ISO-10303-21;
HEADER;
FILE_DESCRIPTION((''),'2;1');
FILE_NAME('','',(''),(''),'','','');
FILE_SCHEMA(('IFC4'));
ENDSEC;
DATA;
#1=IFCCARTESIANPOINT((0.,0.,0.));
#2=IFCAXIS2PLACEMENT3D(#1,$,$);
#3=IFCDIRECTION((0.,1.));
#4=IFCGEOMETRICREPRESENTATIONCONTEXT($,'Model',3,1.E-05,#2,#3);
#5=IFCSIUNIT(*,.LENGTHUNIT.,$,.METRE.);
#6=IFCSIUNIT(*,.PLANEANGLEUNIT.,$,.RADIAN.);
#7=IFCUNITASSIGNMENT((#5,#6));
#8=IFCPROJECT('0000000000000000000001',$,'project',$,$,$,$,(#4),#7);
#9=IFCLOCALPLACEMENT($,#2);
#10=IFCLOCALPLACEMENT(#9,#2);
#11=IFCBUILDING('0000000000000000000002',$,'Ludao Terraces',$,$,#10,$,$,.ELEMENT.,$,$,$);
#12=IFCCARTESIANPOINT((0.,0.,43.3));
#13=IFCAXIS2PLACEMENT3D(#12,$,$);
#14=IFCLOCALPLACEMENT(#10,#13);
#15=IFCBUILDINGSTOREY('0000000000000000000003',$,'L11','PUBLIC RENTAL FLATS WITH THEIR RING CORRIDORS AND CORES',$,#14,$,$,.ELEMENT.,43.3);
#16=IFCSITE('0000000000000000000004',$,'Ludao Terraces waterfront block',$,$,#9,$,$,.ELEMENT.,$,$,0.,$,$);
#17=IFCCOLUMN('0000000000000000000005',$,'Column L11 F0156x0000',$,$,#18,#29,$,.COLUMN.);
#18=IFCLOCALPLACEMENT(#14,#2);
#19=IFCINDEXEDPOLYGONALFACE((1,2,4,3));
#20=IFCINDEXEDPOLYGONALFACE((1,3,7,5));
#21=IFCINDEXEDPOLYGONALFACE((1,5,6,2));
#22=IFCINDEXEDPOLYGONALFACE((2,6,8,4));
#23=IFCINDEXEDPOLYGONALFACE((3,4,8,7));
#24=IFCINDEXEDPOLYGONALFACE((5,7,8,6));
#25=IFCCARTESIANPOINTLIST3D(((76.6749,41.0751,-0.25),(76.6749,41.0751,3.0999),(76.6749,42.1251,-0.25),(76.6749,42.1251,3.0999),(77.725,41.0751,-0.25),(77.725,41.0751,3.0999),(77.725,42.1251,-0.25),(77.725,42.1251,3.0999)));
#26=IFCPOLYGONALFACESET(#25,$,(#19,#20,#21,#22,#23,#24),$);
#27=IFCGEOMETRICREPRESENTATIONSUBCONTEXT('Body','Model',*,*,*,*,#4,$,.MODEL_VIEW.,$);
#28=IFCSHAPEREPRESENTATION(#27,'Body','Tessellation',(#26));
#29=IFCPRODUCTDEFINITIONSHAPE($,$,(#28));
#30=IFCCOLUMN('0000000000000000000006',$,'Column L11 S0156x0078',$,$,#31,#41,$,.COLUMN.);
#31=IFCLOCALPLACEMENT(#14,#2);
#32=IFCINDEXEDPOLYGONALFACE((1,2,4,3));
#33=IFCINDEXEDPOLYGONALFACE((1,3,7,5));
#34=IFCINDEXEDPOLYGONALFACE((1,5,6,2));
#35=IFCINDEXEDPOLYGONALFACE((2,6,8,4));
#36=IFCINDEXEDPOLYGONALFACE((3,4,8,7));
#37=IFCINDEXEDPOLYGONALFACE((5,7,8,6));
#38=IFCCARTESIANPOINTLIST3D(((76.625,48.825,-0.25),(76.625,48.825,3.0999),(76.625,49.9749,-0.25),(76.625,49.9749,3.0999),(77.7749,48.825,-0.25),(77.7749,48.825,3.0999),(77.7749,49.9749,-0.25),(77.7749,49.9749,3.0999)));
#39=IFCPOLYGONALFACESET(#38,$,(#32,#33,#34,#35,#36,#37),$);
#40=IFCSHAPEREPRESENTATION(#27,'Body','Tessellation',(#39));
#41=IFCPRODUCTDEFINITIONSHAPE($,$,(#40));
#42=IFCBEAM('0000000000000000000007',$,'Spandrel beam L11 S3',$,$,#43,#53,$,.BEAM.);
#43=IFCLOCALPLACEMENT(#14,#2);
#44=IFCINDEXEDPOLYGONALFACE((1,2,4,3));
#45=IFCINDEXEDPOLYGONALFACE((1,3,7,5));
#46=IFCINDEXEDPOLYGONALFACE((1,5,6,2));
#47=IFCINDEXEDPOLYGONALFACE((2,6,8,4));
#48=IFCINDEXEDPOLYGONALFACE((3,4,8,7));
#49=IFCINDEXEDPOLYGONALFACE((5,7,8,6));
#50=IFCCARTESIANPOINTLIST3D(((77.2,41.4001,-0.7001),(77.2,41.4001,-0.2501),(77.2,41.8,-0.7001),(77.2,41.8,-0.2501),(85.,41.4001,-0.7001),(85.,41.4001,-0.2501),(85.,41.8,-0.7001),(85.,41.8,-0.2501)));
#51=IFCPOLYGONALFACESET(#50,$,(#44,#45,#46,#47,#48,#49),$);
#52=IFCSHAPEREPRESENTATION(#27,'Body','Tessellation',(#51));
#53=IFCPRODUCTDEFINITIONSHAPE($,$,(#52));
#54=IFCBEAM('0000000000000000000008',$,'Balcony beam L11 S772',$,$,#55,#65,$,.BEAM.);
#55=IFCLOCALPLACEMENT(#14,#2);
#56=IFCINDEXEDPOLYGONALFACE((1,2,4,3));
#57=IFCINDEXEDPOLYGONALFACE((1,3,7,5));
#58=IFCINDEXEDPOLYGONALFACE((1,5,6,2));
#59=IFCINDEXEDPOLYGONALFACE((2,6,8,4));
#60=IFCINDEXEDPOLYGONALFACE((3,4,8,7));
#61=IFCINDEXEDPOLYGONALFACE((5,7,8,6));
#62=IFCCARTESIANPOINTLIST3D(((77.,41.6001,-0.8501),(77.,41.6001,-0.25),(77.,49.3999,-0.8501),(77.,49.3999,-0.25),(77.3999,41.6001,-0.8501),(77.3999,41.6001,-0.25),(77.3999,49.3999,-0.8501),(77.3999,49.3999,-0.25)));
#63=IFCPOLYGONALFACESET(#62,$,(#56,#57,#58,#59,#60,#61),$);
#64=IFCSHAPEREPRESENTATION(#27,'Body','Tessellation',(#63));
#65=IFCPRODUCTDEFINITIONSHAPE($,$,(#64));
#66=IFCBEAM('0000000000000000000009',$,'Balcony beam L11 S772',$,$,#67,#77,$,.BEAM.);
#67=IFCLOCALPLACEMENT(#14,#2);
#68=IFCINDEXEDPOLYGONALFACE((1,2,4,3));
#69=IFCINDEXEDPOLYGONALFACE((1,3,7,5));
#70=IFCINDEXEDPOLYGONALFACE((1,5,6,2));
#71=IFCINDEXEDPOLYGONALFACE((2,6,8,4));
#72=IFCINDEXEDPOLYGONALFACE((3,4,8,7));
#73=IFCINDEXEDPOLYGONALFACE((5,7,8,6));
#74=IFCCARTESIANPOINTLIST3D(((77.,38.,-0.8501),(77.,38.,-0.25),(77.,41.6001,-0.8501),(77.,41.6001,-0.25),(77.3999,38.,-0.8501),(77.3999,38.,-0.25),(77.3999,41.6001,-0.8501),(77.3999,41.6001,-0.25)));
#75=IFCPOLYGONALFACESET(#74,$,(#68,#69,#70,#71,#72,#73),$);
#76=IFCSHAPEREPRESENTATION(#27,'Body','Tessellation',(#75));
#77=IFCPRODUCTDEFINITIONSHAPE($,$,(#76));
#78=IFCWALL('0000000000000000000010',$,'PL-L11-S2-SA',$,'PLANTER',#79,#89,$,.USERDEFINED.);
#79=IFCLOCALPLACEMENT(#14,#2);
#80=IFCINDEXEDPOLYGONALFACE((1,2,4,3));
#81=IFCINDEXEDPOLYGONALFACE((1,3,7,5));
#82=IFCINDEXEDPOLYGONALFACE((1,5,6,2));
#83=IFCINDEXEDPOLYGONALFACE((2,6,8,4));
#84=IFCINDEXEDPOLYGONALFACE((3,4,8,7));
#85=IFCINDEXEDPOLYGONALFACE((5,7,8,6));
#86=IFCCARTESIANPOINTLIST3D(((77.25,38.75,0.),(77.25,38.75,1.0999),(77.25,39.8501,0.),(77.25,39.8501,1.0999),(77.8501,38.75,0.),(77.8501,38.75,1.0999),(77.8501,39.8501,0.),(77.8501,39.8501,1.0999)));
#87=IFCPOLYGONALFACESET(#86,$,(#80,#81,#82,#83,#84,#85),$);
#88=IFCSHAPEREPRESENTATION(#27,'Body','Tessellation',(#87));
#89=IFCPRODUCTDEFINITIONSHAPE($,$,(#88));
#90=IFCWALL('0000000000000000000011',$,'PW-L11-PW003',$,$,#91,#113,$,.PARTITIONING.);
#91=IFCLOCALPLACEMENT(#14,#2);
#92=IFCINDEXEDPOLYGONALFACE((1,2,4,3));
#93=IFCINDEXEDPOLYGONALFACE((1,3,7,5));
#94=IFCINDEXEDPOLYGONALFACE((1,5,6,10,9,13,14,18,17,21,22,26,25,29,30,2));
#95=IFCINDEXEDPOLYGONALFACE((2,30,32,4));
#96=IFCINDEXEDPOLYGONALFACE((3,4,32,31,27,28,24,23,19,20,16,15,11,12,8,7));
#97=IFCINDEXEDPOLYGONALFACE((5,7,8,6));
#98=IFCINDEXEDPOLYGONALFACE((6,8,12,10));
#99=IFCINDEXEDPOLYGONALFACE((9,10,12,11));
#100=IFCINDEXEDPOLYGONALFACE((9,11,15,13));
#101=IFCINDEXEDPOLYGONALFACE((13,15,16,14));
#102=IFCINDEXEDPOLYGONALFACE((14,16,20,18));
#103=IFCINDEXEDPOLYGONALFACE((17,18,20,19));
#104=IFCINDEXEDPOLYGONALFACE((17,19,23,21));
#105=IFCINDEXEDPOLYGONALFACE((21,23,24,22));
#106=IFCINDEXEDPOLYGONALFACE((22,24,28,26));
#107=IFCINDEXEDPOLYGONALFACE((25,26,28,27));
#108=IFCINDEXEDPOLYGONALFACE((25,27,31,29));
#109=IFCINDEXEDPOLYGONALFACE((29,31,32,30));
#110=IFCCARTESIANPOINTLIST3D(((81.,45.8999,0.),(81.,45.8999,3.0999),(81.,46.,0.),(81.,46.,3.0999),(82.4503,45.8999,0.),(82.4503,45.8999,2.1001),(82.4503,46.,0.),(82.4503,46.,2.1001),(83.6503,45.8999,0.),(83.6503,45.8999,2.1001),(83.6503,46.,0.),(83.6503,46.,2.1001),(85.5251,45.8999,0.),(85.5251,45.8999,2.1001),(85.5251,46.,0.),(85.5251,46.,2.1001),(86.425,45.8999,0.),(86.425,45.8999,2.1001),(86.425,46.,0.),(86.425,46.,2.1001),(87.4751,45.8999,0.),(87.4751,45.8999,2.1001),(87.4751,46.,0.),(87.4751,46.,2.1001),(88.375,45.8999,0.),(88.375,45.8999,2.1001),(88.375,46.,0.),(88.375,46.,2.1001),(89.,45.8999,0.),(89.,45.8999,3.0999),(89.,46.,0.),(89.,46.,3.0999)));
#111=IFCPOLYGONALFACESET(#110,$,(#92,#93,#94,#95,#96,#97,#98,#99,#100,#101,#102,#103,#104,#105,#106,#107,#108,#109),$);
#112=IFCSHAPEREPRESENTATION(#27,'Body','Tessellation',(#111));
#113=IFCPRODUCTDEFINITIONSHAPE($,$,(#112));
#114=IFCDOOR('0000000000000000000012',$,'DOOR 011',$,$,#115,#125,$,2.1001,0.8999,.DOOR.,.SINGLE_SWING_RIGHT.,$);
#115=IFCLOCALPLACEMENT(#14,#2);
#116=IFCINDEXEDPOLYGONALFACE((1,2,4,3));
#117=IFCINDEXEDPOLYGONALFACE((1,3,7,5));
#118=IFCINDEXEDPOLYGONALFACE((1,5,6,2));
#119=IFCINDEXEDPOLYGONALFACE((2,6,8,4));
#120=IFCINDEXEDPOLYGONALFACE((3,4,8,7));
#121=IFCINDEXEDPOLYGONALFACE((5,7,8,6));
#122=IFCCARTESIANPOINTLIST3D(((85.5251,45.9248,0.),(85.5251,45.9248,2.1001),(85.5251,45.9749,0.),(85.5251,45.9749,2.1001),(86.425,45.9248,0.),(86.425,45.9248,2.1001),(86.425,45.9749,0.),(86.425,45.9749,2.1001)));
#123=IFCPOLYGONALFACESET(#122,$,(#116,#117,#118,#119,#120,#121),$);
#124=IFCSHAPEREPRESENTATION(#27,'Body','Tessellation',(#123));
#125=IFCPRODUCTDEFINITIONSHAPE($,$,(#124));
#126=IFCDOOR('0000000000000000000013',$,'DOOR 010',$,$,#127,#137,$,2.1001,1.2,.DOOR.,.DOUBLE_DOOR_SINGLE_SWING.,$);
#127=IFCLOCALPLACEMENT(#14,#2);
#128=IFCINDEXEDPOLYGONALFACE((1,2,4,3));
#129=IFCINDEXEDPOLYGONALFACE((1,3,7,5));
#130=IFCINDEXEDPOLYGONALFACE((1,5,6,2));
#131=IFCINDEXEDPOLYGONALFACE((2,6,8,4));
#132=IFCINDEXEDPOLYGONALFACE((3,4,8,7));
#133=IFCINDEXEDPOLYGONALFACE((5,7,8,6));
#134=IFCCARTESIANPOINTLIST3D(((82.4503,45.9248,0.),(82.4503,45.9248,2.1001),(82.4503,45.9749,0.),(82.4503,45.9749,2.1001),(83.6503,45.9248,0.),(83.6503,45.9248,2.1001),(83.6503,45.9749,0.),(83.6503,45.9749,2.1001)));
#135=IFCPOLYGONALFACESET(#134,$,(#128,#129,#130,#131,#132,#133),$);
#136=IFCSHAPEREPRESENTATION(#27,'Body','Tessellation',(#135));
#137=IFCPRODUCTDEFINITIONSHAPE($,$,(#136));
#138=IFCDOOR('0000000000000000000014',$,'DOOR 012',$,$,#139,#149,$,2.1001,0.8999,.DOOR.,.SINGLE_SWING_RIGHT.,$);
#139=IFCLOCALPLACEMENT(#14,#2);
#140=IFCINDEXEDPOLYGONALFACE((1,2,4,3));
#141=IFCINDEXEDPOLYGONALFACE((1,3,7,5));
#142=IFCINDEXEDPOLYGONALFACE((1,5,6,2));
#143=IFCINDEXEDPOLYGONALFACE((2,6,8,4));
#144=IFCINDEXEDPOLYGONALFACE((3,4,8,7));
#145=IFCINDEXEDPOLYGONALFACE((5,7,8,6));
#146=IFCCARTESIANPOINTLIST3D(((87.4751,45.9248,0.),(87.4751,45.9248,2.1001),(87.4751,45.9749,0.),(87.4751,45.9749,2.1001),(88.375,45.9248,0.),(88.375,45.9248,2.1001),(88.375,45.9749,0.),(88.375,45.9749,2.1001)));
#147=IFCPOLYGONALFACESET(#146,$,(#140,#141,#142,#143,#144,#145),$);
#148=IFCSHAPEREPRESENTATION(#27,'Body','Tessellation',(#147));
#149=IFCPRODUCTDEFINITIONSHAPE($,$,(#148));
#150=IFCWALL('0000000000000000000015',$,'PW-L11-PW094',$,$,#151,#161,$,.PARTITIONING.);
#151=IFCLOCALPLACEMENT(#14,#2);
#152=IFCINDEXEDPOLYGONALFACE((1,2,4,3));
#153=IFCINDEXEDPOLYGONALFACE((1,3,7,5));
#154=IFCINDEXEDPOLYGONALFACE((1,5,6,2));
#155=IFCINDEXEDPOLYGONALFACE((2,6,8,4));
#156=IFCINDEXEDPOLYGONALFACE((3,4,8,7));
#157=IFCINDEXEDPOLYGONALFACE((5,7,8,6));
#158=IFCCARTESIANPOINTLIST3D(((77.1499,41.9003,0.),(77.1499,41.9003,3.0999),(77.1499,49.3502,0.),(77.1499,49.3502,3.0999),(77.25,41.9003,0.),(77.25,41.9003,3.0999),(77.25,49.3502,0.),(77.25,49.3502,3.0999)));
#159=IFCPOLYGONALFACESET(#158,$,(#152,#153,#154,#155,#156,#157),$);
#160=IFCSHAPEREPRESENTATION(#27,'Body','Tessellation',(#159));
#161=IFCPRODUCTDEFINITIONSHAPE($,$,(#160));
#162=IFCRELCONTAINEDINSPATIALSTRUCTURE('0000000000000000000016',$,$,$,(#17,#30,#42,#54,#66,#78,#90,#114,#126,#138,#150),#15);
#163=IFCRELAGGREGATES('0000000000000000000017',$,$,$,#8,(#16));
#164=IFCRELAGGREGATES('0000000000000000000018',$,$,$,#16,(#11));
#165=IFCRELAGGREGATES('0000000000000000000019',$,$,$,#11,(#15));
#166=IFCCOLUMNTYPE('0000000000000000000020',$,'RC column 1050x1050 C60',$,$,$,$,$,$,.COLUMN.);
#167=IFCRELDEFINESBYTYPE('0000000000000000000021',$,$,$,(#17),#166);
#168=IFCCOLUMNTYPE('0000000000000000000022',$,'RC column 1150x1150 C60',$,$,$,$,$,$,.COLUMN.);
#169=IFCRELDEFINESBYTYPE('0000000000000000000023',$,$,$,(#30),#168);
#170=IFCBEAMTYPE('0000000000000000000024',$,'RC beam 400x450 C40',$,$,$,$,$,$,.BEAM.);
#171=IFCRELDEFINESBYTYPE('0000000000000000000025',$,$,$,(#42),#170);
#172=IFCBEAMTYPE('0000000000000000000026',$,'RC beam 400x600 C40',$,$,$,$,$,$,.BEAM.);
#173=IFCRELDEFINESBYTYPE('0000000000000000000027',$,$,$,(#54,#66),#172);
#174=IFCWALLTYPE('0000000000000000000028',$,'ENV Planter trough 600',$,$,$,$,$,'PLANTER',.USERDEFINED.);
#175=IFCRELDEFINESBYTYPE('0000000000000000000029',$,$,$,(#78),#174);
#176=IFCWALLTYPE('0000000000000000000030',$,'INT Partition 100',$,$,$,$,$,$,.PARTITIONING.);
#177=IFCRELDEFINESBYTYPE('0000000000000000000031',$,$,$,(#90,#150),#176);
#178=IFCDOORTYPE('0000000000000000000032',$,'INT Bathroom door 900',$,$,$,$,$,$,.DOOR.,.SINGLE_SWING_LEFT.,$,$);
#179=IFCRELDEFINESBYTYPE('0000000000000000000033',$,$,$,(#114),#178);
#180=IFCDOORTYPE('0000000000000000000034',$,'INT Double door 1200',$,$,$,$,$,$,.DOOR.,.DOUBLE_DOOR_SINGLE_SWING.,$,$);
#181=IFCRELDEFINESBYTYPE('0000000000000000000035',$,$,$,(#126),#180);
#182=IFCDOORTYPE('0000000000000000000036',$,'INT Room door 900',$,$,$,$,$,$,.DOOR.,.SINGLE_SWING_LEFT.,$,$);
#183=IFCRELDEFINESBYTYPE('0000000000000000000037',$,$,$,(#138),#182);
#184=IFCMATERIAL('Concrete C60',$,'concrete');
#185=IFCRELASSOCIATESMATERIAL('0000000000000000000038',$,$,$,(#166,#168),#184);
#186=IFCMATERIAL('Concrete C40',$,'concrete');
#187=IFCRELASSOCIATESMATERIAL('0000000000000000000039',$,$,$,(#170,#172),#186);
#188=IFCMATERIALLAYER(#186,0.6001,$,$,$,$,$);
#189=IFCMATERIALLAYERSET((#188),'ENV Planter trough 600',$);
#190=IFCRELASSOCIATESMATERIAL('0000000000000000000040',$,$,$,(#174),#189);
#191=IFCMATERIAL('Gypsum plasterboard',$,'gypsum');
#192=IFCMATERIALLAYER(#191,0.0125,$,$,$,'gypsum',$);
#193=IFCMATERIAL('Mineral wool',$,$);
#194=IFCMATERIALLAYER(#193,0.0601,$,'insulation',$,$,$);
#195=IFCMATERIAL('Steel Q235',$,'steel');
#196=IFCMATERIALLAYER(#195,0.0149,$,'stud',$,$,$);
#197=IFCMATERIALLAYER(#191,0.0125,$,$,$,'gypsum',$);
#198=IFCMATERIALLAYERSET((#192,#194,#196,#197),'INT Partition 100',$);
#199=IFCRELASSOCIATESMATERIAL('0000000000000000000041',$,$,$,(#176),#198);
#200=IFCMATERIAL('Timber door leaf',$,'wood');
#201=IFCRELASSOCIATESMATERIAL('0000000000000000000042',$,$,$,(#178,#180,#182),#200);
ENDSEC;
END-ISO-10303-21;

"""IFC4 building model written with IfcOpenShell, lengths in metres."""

from ifc_helpers import new_model, si_unit, direction, frame, frame_2d, origin, origin_2d, place, context, subcontext, project, spatial, rectangle, extrude, material, layer, layer_set, material_profile, profile_set, type_object, element, fill, save


model = new_model("IFC4")

# Units and contexts
model_context = context("Model", 3, precision=1e-05, world=origin(), true_north=direction((0.0, 1.0)))
body_context = subcontext(model_context, "Body", "Model", "MODEL_VIEW")
ifc_project = project(units=[si_unit("LENGTHUNIT", "METRE"), si_unit("PLANEANGLEUNIT", "RADIAN")], contexts=[model_context])

# Site, building, storey
site_placement = place(None, origin())
site = spatial("IfcSite", under=ifc_project, at=site_placement, Name="Ludao Terraces waterfront block", CompositionType="ELEMENT", RefElevation=0.0)
building_placement = place(site_placement, origin())
building = spatial("IfcBuilding", under=site, at=building_placement, Name="Ludao Terraces", CompositionType="ELEMENT")
storey_placement = place(building_placement, frame((0.0, 0.0, 43.3)))
storey = spatial("IfcBuildingStorey", under=building, at=storey_placement, Name="L11", Description="PUBLIC RENTAL FLATS WITH THEIR RING CORRIDORS AND CORES", CompositionType="ELEMENT", Elevation=43.3)

# Columns
ifc_material_1 = material(Name="Concrete C60", Category="concrete")
ifc_material_profile_1 = material_profile(ifc_material_1, rectangle(XDim=1.05, YDim=1.05, at=origin_2d()), Name="1050 X 1050")
ifc_profile_set_1 = profile_set([ifc_material_profile_1], Name="Concrete C60")
column_type_1 = type_object("IfcColumnType", Name="RC column 1050x1050 C60", PredefinedType="COLUMN", material=ifc_profile_set_1)
column_1_placement = place(storey_placement, frame((77.2, 41.6001, -0.25), z_axis=(0.0, 0.0, 1.0), x_axis=(1.0, 0.0, 0.0)))
element("IfcColumn", 1, at=column_1_placement, inside=storey, type_object=column_type_1, Name="Column L11 F0156x0000", PredefinedType="COLUMN", context=body_context, shape_type="SweptSolid", body=[
    extrude(rectangle(XDim=1.05, YDim=1.05, at=origin_2d()), origin(), (0.0, 0.0, 1.0), 3.3499),
])
ifc_material_profile_2 = material_profile(ifc_material_1, rectangle(XDim=1.1499, YDim=1.1499, at=origin_2d()), Name="1150 X 1150")
ifc_profile_set_2 = profile_set([ifc_material_profile_2], Name="Concrete C60")
column_type_2 = type_object("IfcColumnType", Name="RC column 1150x1150 C60", PredefinedType="COLUMN", material=ifc_profile_set_2)
column_2_placement = place(storey_placement, frame((77.2, 49.3999, -0.25), z_axis=(0.0, 0.0, 1.0), x_axis=(1.0, 0.0, 0.0)))
element("IfcColumn", 2, at=column_2_placement, inside=storey, type_object=column_type_2, Name="Column L11 S0156x0078", PredefinedType="COLUMN", context=body_context, shape_type="SweptSolid", body=[
    extrude(rectangle(XDim=1.1499, YDim=1.1499, at=origin_2d()), origin(), (0.0, 0.0, 1.0), 3.3499),
])

# Beams
ifc_material_2 = material(Name="Concrete C40", Category="concrete")
ifc_material_profile_3 = material_profile(ifc_material_2, rectangle(XDim=0.3999, YDim=0.45, at=origin_2d()), Name="400 X 450")
ifc_profile_set_3 = profile_set([ifc_material_profile_3], Name="Concrete C40")
beam_type_1 = type_object("IfcBeamType", Name="RC beam 400x450 C40", PredefinedType="BEAM", material=ifc_profile_set_3)
beam_1_placement = place(storey_placement, frame((77.2, 41.6001, -0.4751), z_axis=(1.0, 0.0, 0.0), x_axis=(0.0, 1.0, 0.0)))
element("IfcBeam", 3, at=beam_1_placement, inside=storey, type_object=beam_type_1, Name="Spandrel beam L11 S3", PredefinedType="BEAM", context=body_context, shape_type="SweptSolid", body=[
    extrude(rectangle(XDim=0.3999, YDim=0.45, at=origin_2d()), origin(), (0.0, 0.0, 1.0), 7.8),
])
ifc_material_profile_4 = material_profile(ifc_material_2, rectangle(XDim=0.3999, YDim=0.6001, at=origin_2d()), Name="400 X 600")
ifc_profile_set_4 = profile_set([ifc_material_profile_4], Name="Concrete C40")
beam_type_2 = type_object("IfcBeamType", Name="RC beam 400x600 C40", PredefinedType="BEAM", material=ifc_profile_set_4)
beam_2_placement = place(storey_placement, frame((77.2, 49.3999, -0.55), z_axis=(0.0, -1.0, 0.0), x_axis=(1.0, 0.0, 0.0)))
element("IfcBeam", 4, at=beam_2_placement, inside=storey, type_object=beam_type_2, Name="Balcony beam L11 S772", PredefinedType="BEAM", context=body_context, shape_type="SweptSolid", body=[
    extrude(rectangle(XDim=0.3999, YDim=0.6001, at=origin_2d()), origin(), (0.0, 0.0, 1.0), 7.7998),
])
beam_3_placement = place(storey_placement, frame((77.2, 41.6001, -0.55), z_axis=(0.0, -1.0, 0.0), x_axis=(1.0, 0.0, 0.0)))
element("IfcBeam", 5, at=beam_3_placement, inside=storey, type_object=beam_type_2, Name="Balcony beam L11 S772", PredefinedType="BEAM", context=body_context, shape_type="SweptSolid", body=[
    extrude(rectangle(XDim=0.3999, YDim=0.6001, at=origin_2d()), origin(), (0.0, 0.0, 1.0), 3.6001),
])

# Wall
ifc_layer_1 = layer(ifc_material_2, 0.6001)
ifc_layer_set_1 = layer_set([ifc_layer_1], Name="ENV Planter trough 600")
wall_type_1 = type_object("IfcWallType", Name="ENV Planter trough 600", ElementType="PLANTER", PredefinedType="USERDEFINED", material=ifc_layer_set_1)
wall_1_placement = place(storey_placement, frame((77.55, 38.75, 0.0), z_axis=(0.0, 0.0, 1.0), x_axis=(0.0, 1.0, 0.0)))
element("IfcWall", 6, at=wall_1_placement, inside=storey, type_object=wall_type_1, Name="PL-L11-S2-SA", ObjectType="PLANTER", PredefinedType="USERDEFINED", context=body_context, shape_type="SweptSolid", body=[
    extrude(rectangle(XDim=1.1001, YDim=0.6001, at=frame_2d((0.55, 0.0))), origin(), (0.0, 0.0, 1.0), 1.0999),
])

# Shared definitions
ifc_material_3 = material(Name="Mineral wool")

# Wall, openings, doors
ifc_material_4 = material(Name="Gypsum plasterboard", Category="gypsum")
ifc_layer_2 = layer(ifc_material_4, 0.0125, Category="gypsum")
ifc_layer_3 = layer(ifc_material_3, 0.0601, Name="insulation")
ifc_material_5 = material(Name="Steel Q235", Category="steel")
ifc_layer_4 = layer(ifc_material_5, 0.0149, Name="stud")
ifc_layer_5 = layer(ifc_material_4, 0.0125, Category="gypsum")
ifc_layer_set_2 = layer_set([ifc_layer_2, ifc_layer_3, ifc_layer_4, ifc_layer_5], Name="INT Partition 100")
wall_type_2 = type_object("IfcWallType", Name="INT Partition 100", PredefinedType="PARTITIONING", material=ifc_layer_set_2)
wall_2_placement = place(storey_placement, frame((81.0, 45.95, 0.0), z_axis=(0.0, 0.0, 1.0), x_axis=(1.0, 0.0, 0.0)))
wall_2 = element("IfcWall", 7, at=wall_2_placement, inside=storey, type_object=wall_type_2, Name="PW-L11-PW003", PredefinedType="PARTITIONING", context=body_context, shape_type="SweptSolid", body=[
    extrude(rectangle(XDim=8.0, YDim=0.1001, at=frame_2d((4.0, 0.0))), origin(), (0.0, 0.0, 1.0), 3.0999),
])
opening_1_placement = place(wall_2_placement, frame((1.4502, 0.0, 0.0)))
opening_1 = element("IfcOpeningElement", 8, at=opening_1_placement, cuts=wall_2, PredefinedType="OPENING", context=body_context, shape_type="SweptSolid", body=[
    extrude(rectangle(XDim=1.2, YDim=2.1001, at=frame_2d((0.6001, 1.05))), frame((0.0, 0.0601, 0.0), z_axis=(0.0, -1.0, 0.0), x_axis=(1.0, 0.0, 0.0)), (0.0, 0.0, 1.0), 0.1201),
])
opening_2_placement = place(wall_2_placement, frame((4.5251, 0.0, 0.0)))
opening_2 = element("IfcOpeningElement", 9, at=opening_2_placement, cuts=wall_2, PredefinedType="OPENING", context=body_context, shape_type="SweptSolid", body=[
    extrude(rectangle(XDim=0.8999, YDim=2.1001, at=frame_2d((0.45, 1.05))), frame((0.0, 0.0601, 0.0), z_axis=(0.0, -1.0, 0.0), x_axis=(1.0, 0.0, 0.0)), (0.0, 0.0, 1.0), 0.1201),
])
opening_3_placement = place(wall_2_placement, frame((6.4751, 0.0, 0.0)))
opening_3 = element("IfcOpeningElement", 10, at=opening_3_placement, cuts=wall_2, PredefinedType="OPENING", context=body_context, shape_type="SweptSolid", body=[
    extrude(rectangle(XDim=0.8999, YDim=2.1001, at=frame_2d((0.45, 1.05))), frame((0.0, 0.0601, 0.0), z_axis=(0.0, -1.0, 0.0), x_axis=(1.0, 0.0, 0.0)), (0.0, 0.0, 1.0), 0.1201),
])
ifc_material_6 = material(Name="Timber door leaf", Category="wood")
door_type_1 = type_object("IfcDoorType", Name="INT Bathroom door 900", OperationType="SINGLE_SWING_LEFT", PredefinedType="DOOR", material=ifc_material_6)
door_1_placement = place(opening_2_placement, origin())
door_1 = element("IfcDoor", 11, at=door_1_placement, inside=storey, type_object=door_type_1, Name="DOOR 011", OperationType="SINGLE_SWING_RIGHT", OverallHeight=2.1001, OverallWidth=0.8999, PredefinedType="DOOR", context=body_context, shape_type="SweptSolid", body=[
    extrude(rectangle(XDim=0.8999, YDim=2.1001, at=frame_2d((0.45, 1.05))), frame((0.0, 0.0249, 0.0), z_axis=(0.0, -1.0, 0.0), x_axis=(1.0, 0.0, 0.0)), (0.0, 0.0, 1.0), 0.05),
])
fill(opening_2, door_1)
door_type_2 = type_object("IfcDoorType", Name="INT Double door 1200", OperationType="DOUBLE_DOOR_SINGLE_SWING", PredefinedType="DOOR", material=ifc_material_6)
door_2_placement = place(opening_1_placement, origin())
door_2 = element("IfcDoor", 12, at=door_2_placement, inside=storey, type_object=door_type_2, Name="DOOR 010", OperationType="DOUBLE_DOOR_SINGLE_SWING", OverallHeight=2.1001, OverallWidth=1.2, PredefinedType="DOOR", context=body_context, shape_type="SweptSolid", body=[
    extrude(rectangle(XDim=1.2, YDim=2.1001, at=frame_2d((0.6001, 1.05))), frame((0.0, 0.0249, 0.0), z_axis=(0.0, -1.0, 0.0), x_axis=(1.0, 0.0, 0.0)), (0.0, 0.0, 1.0), 0.05),
])
fill(opening_1, door_2)
door_type_3 = type_object("IfcDoorType", Name="INT Room door 900", OperationType="SINGLE_SWING_LEFT", PredefinedType="DOOR", material=ifc_material_6)
door_3_placement = place(opening_3_placement, origin())
door_3 = element("IfcDoor", 13, at=door_3_placement, inside=storey, type_object=door_type_3, Name="DOOR 012", OperationType="SINGLE_SWING_RIGHT", OverallHeight=2.1001, OverallWidth=0.8999, PredefinedType="DOOR", context=body_context, shape_type="SweptSolid", body=[
    extrude(rectangle(XDim=0.8999, YDim=2.1001, at=frame_2d((0.45, 1.05))), frame((0.0, 0.0249, 0.0), z_axis=(0.0, -1.0, 0.0), x_axis=(1.0, 0.0, 0.0)), (0.0, 0.0, 1.0), 0.05),
])
fill(opening_3, door_3)

# Wall
wall_3_placement = place(storey_placement, frame((77.2, 41.9001, 0.0), z_axis=(0.0, 0.0, 1.0), x_axis=(0.0, 1.0, 0.0)))
element("IfcWall", 14, at=wall_3_placement, inside=storey, type_object=wall_type_2, Name="PW-L11-PW094", PredefinedType="PARTITIONING", context=body_context, shape_type="SweptSolid", body=[
    extrude(rectangle(XDim=7.45, YDim=0.1001, at=frame_2d((3.7251, 0.0))), origin(), (0.0, 0.0, 1.0), 3.0999),
])

save(model, "model.ifc")
